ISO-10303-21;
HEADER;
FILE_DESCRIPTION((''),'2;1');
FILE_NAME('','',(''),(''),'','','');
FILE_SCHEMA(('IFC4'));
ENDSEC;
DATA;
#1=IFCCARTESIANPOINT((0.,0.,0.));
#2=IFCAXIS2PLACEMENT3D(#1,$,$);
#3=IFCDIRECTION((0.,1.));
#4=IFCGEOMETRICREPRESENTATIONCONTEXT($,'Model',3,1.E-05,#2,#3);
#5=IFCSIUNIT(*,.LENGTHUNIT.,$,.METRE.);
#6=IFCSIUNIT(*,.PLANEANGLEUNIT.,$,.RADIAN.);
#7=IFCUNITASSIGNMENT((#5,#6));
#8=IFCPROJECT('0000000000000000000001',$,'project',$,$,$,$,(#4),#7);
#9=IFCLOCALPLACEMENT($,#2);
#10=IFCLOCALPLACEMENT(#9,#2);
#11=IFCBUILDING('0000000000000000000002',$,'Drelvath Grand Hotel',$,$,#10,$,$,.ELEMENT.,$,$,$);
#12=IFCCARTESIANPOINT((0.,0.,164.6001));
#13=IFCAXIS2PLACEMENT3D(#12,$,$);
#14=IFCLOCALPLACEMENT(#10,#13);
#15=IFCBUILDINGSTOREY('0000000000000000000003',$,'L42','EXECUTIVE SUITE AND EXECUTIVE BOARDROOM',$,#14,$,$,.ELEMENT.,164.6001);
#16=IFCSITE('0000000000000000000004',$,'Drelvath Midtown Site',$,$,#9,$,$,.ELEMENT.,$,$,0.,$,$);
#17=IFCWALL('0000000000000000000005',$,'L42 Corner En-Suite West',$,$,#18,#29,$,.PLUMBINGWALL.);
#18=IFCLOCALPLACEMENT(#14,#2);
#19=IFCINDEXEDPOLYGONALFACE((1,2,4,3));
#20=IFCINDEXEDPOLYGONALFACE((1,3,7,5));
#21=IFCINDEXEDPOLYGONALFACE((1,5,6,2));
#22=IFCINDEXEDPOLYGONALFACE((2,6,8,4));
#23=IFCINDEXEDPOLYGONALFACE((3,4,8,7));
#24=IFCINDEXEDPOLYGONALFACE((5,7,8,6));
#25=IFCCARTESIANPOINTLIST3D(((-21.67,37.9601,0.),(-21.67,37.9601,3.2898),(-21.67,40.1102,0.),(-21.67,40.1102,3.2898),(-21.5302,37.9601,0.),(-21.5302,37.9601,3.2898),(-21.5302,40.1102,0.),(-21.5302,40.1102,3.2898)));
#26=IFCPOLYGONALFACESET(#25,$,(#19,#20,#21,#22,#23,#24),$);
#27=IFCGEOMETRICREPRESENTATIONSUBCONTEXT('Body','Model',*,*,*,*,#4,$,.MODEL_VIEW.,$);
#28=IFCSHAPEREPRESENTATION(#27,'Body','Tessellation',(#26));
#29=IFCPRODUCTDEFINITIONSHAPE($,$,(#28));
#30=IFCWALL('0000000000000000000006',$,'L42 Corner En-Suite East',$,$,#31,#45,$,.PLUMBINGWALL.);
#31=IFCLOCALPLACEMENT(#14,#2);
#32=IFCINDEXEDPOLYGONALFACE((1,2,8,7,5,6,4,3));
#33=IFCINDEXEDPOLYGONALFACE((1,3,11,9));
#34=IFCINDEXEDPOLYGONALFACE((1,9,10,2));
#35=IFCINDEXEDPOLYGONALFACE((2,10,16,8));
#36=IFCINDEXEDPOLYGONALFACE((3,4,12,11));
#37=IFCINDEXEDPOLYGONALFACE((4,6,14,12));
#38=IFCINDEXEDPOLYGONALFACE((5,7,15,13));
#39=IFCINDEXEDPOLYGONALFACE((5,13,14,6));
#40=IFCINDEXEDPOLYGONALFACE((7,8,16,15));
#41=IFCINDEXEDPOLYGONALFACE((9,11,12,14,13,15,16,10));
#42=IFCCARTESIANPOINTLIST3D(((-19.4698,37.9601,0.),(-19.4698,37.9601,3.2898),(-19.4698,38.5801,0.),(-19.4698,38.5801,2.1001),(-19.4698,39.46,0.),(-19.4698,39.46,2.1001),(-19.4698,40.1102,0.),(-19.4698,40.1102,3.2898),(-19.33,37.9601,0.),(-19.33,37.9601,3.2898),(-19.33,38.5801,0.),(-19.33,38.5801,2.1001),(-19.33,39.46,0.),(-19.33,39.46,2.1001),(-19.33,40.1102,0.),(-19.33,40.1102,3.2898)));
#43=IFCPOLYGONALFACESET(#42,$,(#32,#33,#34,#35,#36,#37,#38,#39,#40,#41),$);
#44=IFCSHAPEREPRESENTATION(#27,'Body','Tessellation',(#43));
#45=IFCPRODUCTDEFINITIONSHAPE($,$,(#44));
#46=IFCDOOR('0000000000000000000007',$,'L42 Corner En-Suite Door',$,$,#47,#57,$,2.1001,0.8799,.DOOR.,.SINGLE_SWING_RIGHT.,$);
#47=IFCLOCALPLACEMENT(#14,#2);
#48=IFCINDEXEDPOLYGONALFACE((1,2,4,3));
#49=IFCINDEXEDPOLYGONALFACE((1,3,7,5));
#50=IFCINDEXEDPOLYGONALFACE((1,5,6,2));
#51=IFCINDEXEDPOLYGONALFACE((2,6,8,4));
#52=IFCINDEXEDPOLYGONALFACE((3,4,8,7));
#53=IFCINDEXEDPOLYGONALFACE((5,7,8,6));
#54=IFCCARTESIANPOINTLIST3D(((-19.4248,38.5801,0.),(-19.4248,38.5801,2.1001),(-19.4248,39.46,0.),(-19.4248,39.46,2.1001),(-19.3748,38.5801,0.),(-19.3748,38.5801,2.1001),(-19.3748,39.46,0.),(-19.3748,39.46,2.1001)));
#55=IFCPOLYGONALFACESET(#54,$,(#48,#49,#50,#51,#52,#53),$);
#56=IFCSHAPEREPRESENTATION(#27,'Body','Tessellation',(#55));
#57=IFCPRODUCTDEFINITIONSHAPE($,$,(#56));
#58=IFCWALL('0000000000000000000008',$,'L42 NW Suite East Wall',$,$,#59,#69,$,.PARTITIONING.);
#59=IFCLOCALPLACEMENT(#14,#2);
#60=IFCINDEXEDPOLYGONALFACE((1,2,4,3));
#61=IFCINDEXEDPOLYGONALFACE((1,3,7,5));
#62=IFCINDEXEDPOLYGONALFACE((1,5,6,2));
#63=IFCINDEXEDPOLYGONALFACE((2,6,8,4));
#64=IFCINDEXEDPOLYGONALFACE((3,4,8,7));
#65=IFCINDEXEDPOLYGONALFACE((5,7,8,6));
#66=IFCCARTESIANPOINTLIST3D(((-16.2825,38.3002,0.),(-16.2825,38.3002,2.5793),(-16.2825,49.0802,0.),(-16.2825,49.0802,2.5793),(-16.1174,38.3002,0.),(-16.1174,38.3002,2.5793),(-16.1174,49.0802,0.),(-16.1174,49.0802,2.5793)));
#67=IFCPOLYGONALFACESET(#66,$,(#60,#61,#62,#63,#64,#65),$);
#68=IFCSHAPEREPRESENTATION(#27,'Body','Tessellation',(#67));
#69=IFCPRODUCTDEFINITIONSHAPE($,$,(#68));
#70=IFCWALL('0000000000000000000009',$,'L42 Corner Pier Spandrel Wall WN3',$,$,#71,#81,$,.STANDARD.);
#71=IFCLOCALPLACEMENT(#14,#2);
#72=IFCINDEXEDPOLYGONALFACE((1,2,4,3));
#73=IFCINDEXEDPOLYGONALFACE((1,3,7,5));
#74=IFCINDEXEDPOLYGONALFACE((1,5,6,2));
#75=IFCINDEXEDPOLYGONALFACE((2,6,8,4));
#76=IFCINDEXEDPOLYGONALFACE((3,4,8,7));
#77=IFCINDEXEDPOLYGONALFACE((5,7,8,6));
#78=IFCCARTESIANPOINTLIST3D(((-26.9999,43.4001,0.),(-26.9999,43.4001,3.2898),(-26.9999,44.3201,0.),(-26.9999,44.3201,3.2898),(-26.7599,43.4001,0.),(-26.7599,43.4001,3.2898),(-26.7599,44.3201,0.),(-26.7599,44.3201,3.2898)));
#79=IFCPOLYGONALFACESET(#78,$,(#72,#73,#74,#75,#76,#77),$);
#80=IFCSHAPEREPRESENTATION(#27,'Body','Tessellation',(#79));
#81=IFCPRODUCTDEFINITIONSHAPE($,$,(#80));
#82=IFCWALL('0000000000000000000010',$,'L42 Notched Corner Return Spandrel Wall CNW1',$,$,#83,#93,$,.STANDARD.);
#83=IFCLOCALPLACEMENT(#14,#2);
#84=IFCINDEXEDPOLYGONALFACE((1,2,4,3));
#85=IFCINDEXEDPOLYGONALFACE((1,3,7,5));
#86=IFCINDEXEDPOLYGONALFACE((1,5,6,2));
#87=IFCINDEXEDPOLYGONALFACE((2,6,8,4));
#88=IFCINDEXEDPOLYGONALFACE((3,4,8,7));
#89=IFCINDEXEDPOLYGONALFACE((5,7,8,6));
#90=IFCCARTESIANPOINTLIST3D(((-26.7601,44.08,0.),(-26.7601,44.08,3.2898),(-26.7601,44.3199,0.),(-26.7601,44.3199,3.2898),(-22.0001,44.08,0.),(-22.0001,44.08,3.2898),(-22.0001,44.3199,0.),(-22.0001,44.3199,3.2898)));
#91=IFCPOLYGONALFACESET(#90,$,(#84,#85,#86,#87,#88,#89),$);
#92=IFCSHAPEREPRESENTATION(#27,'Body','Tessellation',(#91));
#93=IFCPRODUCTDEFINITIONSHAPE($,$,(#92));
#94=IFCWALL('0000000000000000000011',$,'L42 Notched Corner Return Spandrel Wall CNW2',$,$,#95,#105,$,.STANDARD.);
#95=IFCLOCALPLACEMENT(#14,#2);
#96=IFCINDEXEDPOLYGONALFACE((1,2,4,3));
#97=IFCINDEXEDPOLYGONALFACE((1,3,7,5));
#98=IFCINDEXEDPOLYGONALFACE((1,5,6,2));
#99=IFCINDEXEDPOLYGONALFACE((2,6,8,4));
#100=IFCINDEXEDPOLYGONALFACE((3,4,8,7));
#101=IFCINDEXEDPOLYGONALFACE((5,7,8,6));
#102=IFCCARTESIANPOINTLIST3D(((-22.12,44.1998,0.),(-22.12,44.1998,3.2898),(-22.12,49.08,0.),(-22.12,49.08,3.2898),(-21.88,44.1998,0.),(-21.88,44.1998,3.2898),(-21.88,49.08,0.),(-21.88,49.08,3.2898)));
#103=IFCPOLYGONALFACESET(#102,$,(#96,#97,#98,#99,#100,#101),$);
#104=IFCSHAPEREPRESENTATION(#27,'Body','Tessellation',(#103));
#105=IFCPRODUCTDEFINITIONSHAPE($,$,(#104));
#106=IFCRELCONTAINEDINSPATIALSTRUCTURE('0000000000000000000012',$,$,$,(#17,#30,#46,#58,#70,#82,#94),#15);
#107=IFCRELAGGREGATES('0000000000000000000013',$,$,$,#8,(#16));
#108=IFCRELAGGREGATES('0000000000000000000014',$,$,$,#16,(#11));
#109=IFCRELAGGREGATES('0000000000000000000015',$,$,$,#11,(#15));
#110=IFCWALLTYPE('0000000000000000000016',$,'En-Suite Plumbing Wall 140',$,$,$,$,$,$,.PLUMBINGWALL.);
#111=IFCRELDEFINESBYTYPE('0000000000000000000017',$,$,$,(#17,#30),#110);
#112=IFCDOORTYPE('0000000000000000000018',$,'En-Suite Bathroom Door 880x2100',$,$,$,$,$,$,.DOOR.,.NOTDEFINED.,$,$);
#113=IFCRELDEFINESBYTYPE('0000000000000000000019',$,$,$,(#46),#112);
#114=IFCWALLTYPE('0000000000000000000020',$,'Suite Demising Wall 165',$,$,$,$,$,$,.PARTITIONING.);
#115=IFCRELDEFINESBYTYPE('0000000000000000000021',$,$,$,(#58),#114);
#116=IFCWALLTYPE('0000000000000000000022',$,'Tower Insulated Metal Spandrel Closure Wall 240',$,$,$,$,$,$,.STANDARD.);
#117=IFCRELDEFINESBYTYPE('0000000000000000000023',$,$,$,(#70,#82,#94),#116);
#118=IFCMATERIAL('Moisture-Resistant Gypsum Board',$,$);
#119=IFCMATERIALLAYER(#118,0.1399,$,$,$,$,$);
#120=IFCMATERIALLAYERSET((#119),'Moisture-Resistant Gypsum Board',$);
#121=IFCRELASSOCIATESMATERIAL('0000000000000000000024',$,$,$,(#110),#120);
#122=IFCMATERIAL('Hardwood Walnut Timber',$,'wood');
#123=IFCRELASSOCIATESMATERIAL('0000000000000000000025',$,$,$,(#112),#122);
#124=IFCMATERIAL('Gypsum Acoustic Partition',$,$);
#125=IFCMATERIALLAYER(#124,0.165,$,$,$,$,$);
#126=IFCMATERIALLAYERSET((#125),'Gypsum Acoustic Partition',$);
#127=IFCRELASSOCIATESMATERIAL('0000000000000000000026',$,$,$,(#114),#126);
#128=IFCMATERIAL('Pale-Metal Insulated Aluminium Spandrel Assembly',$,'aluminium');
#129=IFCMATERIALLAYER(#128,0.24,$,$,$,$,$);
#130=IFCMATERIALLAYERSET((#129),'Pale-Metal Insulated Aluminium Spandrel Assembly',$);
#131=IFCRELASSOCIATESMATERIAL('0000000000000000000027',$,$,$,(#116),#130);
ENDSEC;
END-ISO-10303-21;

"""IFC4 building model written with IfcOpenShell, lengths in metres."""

from ifc_helpers import new_model, si_unit, direction, frame, frame_2d, origin, place, context, subcontext, project, spatial, rectangle, extrude, material, layer, layer_set, type_object, element, fill, save


model = new_model("IFC4")

# Units and contexts
model_context = context("Model", 3, precision=1e-05, world=origin(), true_north=direction((0.0, 1.0)))
body_context = subcontext(model_context, "Body", "Model", "MODEL_VIEW")
ifc_project = project(units=[si_unit("LENGTHUNIT", "METRE"), si_unit("PLANEANGLEUNIT", "RADIAN")], contexts=[model_context])

# Site, building, storey
site_placement = place(None, origin())
site = spatial("IfcSite", under=ifc_project, at=site_placement, Name="Drelvath Midtown Site", CompositionType="ELEMENT", RefElevation=0.0)
building_placement = place(site_placement, origin())
building = spatial("IfcBuilding", under=site, at=building_placement, Name="Drelvath Grand Hotel", CompositionType="ELEMENT")
storey_placement = place(building_placement, frame((0.0, 0.0, 164.6001)))
storey = spatial("IfcBuildingStorey", under=building, at=storey_placement, Name="L42", Description="EXECUTIVE SUITE AND EXECUTIVE BOARDROOM", CompositionType="ELEMENT", Elevation=164.6001)

# Shared definitions
ifc_material_1 = material(Name="Hardwood Walnut Timber", Category="wood")

# Wall
ifc_material_2 = material(Name="Moisture-Resistant Gypsum Board")
ifc_layer_1 = layer(ifc_material_2, 0.1399)
ifc_layer_set_1 = layer_set([ifc_layer_1], Name="Moisture-Resistant Gypsum Board")
wall_type_1 = type_object("IfcWallType", Name="En-Suite Plumbing Wall 140", PredefinedType="PLUMBINGWALL", material=ifc_layer_set_1)
wall_1_placement = place(storey_placement, frame((-21.6001, 37.96, 0.0), z_axis=(0.0, 0.0, 1.0), x_axis=(0.0, 1.0, 0.0)))
element("IfcWall", 1, at=wall_1_placement, inside=storey, type_object=wall_type_1, Name="L42 Corner En-Suite West", PredefinedType="PLUMBINGWALL", context=body_context, shape_type="SweptSolid", body=[
    extrude(rectangle(XDim=2.1501, YDim=0.1399, at=frame_2d((1.0752, 0.0))), origin(), (0.0, 0.0, 1.0), 3.2898),
])

# Wall, opening, door
wall_2_placement = place(storey_placement, frame((-19.3999, 37.96, 0.0), z_axis=(0.0, 0.0, 1.0), x_axis=(0.0, 1.0, 0.0)))
wall_2 = element("IfcWall", 2, at=wall_2_placement, inside=storey, type_object=wall_type_1, Name="L42 Corner En-Suite East", PredefinedType="PLUMBINGWALL", context=body_context, shape_type="SweptSolid", body=[
    extrude(rectangle(XDim=2.1501, YDim=0.1399, at=frame_2d((1.0752, 0.0))), origin(), (0.0, 0.0, 1.0), 3.2898),
])
opening_1_placement = place(wall_2_placement, frame((0.6201, 0.0, 0.0)))
opening_1 = element("IfcOpeningElement", 3, at=opening_1_placement, cuts=wall_2, PredefinedType="OPENING", context=body_context, shape_type="SweptSolid", body=[
    extrude(rectangle(XDim=0.8799, YDim=2.1001, at=frame_2d((0.4399, 1.05))), frame((0.0, 0.0798, 0.0), z_axis=(0.0, -1.0, 0.0), x_axis=(1.0, 0.0, 0.0)), (0.0, 0.0, 1.0), 0.1599),
])
door_type_1 = type_object("IfcDoorType", Name="En-Suite Bathroom Door 880x2100", OperationType="NOTDEFINED", PredefinedType="DOOR", material=ifc_material_1)
door_1_placement = place(opening_1_placement, origin())
door_1 = element("IfcDoor", 4, at=door_1_placement, inside=storey, type_object=door_type_1, Name="L42 Corner En-Suite Door", OperationType="SINGLE_SWING_RIGHT", OverallHeight=2.1001, OverallWidth=0.8799, PredefinedType="DOOR", context=body_context, shape_type="SweptSolid", body=[
    extrude(rectangle(XDim=0.8799, YDim=2.1001, at=frame_2d((0.4399, 1.05))), frame((0.0, 0.0249, 0.0), z_axis=(0.0, -1.0, 0.0), x_axis=(1.0, 0.0, 0.0)), (0.0, 0.0, 1.0), 0.05),
])
fill(opening_1, door_1)

# Walls
ifc_material_3 = material(Name="Gypsum Acoustic Partition")
ifc_layer_2 = layer(ifc_material_3, 0.165)
ifc_layer_set_2 = layer_set([ifc_layer_2], Name="Gypsum Acoustic Partition")
wall_type_2 = type_object("IfcWallType", Name="Suite Demising Wall 165", PredefinedType="PARTITIONING", material=ifc_layer_set_2)
wall_3_placement = place(storey_placement, frame((-16.2, 38.3, 0.0), z_axis=(0.0, 0.0, 1.0), x_axis=(0.0, 1.0, 0.0)))
element("IfcWall", 5, at=wall_3_placement, inside=storey, type_object=wall_type_2, Name="L42 NW Suite East Wall", PredefinedType="PARTITIONING", context=body_context, shape_type="SweptSolid", body=[
    extrude(rectangle(XDim=10.78, YDim=0.165, at=frame_2d((5.3901, 0.0))), origin(), (0.0, 0.0, 1.0), 2.5793),
])
ifc_material_4 = material(Name="Pale-Metal Insulated Aluminium Spandrel Assembly", Category="aluminium")
ifc_layer_3 = layer(ifc_material_4, 0.24)
ifc_layer_set_3 = layer_set([ifc_layer_3], Name="Pale-Metal Insulated Aluminium Spandrel Assembly")
wall_type_3 = type_object("IfcWallType", Name="Tower Insulated Metal Spandrel Closure Wall 240", PredefinedType="STANDARD", material=ifc_layer_set_3)
wall_4_placement = place(storey_placement, frame((-26.8799, 43.4001, 0.0), z_axis=(0.0, 0.0, 1.0), x_axis=(0.0, 1.0, 0.0)))
element("IfcWall", 6, at=wall_4_placement, inside=storey, type_object=wall_type_3, Name="L42 Corner Pier Spandrel Wall WN3", PredefinedType="STANDARD", context=body_context, shape_type="SweptSolid", body=[
    extrude(rectangle(XDim=0.9199, YDim=0.24, at=frame_2d((0.46, 0.0))), origin(), (0.0, 0.0, 1.0), 3.2898),
])
wall_5_placement = place(storey_placement, frame((-26.76, 44.2, 0.0), z_axis=(0.0, 0.0, 1.0), x_axis=(1.0, 0.0, 0.0)))
element("IfcWall", 7, at=wall_5_placement, inside=storey, type_object=wall_type_3, Name="L42 Notched Corner Return Spandrel Wall CNW1", PredefinedType="STANDARD", context=body_context, shape_type="SweptSolid", body=[
    extrude(rectangle(XDim=4.76, YDim=0.24, at=frame_2d((2.3799, 0.0))), origin(), (0.0, 0.0, 1.0), 3.2898),
])
wall_6_placement = place(storey_placement, frame((-22.0, 44.2, 0.0), z_axis=(0.0, 0.0, 1.0), x_axis=(0.0, 1.0, 0.0)))
element("IfcWall", 8, at=wall_6_placement, inside=storey, type_object=wall_type_3, Name="L42 Notched Corner Return Spandrel Wall CNW2", PredefinedType="STANDARD", context=body_context, shape_type="SweptSolid", body=[
    extrude(rectangle(XDim=4.8801, YDim=0.24, at=frame_2d((2.4399, 0.0))), origin(), (0.0, 0.0, 1.0), 3.2898),
])

save(model, "model.ifc")
